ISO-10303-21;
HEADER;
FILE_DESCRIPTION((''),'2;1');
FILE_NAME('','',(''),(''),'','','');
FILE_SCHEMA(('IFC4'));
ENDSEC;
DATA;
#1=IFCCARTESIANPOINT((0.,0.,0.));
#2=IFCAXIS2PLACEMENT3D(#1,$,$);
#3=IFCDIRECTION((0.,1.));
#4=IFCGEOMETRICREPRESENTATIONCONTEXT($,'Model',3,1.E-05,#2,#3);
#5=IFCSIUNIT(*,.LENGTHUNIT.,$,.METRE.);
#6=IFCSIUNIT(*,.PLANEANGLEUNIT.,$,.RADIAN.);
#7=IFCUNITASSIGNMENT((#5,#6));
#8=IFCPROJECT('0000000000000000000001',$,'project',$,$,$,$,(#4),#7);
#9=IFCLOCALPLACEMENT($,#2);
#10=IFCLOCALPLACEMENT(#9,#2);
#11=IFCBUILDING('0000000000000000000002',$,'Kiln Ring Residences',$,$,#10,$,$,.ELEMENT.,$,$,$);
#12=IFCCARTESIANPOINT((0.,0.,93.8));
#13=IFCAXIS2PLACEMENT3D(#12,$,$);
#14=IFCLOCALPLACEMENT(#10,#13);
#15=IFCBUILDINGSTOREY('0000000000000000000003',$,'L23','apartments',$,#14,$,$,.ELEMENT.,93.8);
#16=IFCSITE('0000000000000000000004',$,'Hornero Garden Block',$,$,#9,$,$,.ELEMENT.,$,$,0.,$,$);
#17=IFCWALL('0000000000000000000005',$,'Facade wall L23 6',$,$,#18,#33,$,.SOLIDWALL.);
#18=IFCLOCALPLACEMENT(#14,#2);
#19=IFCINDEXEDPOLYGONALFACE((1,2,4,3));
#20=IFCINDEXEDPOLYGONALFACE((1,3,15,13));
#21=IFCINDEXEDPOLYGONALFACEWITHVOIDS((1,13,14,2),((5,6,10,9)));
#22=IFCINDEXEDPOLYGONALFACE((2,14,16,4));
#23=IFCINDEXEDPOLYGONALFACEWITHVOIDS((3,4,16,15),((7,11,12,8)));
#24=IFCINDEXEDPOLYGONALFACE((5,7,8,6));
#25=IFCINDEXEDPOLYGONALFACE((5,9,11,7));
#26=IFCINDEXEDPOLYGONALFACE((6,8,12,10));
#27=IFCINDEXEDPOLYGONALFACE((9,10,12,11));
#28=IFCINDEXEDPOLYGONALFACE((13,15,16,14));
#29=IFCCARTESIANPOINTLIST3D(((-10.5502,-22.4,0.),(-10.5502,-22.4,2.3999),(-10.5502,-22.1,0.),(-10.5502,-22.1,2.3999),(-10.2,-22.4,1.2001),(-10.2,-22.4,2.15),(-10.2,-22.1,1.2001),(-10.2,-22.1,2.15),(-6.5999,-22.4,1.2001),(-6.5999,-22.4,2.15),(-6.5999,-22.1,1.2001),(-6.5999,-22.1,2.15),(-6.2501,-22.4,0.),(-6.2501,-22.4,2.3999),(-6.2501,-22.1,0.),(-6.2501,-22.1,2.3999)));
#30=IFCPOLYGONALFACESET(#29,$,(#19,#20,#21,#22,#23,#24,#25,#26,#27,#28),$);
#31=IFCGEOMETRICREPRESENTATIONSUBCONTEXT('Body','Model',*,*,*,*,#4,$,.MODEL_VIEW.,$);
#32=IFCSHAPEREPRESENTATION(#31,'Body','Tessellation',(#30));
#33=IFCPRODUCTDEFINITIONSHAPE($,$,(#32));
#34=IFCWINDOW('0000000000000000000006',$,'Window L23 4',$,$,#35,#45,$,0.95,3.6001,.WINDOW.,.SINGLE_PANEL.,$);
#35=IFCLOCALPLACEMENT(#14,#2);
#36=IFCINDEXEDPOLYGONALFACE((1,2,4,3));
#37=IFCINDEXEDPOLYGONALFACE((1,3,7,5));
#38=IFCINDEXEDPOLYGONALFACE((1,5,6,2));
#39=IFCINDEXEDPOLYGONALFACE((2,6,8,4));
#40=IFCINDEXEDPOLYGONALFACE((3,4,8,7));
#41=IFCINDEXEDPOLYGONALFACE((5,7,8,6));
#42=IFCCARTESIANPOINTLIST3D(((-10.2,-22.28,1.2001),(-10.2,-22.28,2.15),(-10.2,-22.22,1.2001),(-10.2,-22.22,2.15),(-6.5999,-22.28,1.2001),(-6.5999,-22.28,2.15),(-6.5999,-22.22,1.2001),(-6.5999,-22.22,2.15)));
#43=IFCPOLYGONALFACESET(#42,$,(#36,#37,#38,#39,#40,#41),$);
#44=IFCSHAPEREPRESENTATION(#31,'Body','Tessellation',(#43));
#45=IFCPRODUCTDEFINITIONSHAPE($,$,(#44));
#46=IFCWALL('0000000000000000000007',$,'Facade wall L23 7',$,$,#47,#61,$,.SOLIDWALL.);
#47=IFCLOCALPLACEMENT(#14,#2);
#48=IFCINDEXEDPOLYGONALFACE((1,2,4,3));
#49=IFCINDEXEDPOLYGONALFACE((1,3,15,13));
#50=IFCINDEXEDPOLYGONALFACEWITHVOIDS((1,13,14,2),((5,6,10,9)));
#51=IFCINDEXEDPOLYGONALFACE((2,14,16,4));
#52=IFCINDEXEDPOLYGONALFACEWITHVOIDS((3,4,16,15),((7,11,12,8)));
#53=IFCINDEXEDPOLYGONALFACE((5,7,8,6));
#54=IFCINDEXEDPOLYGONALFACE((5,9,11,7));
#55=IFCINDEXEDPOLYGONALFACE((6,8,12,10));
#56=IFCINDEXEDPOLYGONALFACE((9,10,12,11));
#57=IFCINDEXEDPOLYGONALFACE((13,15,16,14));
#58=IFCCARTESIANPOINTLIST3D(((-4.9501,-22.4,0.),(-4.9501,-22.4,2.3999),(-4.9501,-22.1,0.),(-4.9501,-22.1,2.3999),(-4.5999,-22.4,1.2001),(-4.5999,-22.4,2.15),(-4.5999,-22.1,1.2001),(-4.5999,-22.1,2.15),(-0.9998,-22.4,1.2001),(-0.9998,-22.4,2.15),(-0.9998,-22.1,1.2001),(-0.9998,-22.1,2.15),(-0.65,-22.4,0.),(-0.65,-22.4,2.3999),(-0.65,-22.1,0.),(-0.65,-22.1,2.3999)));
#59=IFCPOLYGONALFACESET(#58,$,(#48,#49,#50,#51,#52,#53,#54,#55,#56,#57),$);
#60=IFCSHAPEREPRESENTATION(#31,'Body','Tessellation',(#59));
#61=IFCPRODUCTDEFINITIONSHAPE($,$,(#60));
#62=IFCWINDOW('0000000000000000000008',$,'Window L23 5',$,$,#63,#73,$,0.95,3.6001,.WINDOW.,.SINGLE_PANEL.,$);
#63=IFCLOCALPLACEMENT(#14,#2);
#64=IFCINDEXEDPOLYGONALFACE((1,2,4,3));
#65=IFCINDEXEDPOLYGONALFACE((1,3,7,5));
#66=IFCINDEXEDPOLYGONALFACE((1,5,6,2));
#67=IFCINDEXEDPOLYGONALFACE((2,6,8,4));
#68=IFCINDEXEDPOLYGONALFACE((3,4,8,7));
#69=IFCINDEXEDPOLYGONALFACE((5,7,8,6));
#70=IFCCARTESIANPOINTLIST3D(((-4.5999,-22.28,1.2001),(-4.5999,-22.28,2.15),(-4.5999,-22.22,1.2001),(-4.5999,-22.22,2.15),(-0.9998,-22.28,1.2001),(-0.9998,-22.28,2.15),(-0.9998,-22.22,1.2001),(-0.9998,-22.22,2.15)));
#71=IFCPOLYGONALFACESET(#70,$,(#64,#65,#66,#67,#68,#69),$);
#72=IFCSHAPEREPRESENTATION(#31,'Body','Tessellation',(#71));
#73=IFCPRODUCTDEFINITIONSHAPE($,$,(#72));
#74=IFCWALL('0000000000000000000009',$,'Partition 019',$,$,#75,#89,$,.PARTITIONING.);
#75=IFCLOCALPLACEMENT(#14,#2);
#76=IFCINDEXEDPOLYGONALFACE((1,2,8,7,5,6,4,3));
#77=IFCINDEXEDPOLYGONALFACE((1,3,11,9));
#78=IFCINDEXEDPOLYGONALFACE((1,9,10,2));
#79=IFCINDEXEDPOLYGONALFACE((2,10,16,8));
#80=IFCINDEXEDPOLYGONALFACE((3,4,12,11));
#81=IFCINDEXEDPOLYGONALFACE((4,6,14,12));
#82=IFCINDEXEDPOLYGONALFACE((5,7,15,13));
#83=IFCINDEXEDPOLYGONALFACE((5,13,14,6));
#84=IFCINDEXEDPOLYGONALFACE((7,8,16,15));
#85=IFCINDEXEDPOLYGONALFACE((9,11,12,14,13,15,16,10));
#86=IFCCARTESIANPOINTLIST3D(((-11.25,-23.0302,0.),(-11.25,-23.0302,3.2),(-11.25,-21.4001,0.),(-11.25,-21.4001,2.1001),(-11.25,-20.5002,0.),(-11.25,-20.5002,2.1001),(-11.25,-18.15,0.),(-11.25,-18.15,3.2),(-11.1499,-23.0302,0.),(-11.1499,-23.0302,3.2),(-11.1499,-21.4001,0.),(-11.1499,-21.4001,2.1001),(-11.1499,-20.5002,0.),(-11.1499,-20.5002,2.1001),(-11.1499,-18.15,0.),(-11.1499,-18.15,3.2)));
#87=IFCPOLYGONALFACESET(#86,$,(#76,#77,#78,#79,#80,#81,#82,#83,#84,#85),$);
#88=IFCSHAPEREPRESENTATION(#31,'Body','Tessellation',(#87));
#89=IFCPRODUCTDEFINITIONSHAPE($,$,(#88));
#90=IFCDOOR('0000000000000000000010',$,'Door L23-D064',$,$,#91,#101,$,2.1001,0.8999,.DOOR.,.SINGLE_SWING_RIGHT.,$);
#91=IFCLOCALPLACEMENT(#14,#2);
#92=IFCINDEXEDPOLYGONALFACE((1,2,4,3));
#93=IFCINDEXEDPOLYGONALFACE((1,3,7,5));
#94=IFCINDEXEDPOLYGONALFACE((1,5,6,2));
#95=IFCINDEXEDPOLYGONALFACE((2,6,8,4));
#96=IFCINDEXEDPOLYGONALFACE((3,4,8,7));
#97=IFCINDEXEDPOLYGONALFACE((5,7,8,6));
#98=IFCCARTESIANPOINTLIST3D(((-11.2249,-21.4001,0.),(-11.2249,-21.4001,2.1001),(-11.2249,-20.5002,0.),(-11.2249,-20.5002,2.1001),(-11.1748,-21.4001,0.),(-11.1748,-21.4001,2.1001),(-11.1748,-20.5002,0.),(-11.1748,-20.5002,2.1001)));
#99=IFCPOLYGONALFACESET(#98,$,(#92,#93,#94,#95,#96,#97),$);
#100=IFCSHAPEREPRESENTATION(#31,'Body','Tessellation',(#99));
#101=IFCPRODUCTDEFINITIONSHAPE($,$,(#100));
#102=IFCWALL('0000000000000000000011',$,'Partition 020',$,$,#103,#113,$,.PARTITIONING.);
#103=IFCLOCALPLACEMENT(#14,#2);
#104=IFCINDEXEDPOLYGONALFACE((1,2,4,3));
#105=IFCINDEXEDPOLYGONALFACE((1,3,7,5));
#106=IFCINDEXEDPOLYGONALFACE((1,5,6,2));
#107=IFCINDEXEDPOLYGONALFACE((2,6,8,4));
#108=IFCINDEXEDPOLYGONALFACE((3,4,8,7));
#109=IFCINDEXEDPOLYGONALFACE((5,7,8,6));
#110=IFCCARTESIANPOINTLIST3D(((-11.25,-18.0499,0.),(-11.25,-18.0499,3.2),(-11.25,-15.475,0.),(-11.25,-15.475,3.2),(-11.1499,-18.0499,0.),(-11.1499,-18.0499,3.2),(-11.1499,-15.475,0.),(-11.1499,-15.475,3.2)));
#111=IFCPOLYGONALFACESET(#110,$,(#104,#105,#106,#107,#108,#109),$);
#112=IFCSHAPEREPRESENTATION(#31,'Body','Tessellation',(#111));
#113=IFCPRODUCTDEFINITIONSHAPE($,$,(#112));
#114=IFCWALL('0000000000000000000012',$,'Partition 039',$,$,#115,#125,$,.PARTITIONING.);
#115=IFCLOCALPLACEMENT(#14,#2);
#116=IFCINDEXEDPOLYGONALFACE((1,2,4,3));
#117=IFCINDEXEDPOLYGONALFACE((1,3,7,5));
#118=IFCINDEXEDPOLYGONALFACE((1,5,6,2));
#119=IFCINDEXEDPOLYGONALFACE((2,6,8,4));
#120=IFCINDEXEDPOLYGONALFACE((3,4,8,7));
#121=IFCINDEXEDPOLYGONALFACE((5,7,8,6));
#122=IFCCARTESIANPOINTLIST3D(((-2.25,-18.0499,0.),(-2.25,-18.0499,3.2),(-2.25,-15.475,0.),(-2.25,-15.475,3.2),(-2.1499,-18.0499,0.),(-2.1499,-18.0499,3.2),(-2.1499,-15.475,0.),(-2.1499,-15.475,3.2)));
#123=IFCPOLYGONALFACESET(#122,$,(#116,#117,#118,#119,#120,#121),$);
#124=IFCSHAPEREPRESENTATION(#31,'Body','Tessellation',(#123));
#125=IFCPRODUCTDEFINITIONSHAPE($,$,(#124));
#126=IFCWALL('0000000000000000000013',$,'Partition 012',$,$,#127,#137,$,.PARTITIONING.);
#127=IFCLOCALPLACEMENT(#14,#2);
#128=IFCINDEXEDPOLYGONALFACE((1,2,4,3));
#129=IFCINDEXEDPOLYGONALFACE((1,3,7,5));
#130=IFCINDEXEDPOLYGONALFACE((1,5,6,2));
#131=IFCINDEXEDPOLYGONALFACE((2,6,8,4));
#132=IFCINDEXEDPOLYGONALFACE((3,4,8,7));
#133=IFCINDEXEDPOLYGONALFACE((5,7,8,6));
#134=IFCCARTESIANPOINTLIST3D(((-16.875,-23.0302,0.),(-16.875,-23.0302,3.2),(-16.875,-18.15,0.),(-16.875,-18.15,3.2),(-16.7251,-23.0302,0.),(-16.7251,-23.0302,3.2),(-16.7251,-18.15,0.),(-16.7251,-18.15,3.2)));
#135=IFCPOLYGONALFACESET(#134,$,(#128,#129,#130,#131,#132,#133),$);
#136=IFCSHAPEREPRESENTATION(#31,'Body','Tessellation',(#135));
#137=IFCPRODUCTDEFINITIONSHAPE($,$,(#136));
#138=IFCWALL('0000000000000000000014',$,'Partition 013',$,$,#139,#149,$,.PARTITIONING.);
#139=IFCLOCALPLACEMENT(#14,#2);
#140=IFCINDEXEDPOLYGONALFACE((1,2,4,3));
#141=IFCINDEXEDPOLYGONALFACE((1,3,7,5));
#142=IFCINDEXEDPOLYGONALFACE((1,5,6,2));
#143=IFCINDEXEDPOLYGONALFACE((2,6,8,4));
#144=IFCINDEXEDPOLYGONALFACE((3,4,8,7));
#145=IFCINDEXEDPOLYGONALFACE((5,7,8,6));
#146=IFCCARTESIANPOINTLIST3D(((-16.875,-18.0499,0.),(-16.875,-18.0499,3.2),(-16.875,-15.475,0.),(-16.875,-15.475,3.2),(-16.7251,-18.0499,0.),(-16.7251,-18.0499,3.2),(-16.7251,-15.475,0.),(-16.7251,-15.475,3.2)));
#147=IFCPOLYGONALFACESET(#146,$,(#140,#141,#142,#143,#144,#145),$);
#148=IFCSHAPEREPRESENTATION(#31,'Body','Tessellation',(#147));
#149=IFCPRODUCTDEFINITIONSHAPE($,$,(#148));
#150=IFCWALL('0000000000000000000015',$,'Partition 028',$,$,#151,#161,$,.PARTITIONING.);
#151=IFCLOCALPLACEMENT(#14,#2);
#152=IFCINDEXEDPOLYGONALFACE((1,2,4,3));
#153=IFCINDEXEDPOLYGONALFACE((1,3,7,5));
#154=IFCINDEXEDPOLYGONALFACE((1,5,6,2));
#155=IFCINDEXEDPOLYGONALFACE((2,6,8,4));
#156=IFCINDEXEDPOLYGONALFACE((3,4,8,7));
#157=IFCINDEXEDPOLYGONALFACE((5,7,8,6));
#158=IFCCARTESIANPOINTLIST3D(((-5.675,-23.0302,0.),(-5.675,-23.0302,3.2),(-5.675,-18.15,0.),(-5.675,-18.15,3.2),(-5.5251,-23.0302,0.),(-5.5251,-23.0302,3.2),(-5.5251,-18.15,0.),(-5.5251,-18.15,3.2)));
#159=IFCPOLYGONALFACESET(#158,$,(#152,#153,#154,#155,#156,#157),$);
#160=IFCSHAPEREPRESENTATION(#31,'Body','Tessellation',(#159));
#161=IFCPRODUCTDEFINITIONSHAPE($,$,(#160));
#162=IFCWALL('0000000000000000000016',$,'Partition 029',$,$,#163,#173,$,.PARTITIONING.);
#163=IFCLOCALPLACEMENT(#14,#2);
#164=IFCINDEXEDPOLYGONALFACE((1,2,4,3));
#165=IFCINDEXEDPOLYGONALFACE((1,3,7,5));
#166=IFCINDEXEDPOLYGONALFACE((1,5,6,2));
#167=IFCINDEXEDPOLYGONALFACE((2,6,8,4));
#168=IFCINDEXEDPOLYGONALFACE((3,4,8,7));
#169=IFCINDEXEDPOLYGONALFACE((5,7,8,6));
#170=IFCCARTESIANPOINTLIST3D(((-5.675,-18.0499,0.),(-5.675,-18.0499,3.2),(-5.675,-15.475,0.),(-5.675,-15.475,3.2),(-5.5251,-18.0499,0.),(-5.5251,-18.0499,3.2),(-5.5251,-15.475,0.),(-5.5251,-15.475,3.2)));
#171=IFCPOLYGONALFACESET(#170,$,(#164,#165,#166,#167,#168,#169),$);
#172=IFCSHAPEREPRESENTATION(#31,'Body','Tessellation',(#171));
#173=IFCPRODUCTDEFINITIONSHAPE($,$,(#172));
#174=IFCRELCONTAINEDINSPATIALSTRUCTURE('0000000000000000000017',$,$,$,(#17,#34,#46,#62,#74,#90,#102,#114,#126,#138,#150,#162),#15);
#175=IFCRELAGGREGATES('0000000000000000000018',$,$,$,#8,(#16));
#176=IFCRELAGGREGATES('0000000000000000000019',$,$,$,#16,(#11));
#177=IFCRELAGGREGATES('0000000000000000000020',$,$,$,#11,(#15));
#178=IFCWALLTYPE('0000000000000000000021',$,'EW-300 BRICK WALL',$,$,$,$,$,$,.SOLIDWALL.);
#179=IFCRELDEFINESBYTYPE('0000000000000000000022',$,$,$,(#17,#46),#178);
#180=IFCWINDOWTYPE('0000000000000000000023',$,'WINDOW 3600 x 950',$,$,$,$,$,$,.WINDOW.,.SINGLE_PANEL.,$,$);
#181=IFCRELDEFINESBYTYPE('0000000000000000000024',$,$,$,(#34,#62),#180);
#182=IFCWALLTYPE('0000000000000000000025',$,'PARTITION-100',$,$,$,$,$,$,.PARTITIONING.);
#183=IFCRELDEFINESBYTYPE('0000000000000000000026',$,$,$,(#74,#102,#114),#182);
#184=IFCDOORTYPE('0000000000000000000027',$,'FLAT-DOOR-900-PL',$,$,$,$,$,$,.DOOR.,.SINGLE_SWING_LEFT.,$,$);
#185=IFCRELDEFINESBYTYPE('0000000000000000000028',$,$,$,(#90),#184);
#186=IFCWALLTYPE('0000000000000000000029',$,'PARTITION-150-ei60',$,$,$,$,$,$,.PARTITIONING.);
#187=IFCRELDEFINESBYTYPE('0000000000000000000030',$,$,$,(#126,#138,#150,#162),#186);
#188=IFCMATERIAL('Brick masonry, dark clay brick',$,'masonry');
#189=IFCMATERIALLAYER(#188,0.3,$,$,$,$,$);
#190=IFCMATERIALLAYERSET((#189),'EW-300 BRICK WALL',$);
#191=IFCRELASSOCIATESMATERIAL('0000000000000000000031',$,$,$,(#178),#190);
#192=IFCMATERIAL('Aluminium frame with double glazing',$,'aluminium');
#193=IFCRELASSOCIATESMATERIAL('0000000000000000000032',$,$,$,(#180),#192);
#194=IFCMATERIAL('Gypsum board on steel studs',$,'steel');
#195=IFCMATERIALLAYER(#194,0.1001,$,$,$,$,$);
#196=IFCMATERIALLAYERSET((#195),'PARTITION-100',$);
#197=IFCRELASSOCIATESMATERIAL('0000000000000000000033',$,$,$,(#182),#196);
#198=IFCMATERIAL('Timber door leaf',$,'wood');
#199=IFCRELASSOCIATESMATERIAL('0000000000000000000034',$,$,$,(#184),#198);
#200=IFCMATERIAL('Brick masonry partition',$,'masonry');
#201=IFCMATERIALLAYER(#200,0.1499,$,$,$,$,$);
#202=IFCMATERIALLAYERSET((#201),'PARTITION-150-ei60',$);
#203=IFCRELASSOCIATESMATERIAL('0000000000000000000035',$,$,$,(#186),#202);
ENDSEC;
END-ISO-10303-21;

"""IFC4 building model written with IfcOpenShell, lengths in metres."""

from ifc_helpers import new_model, si_unit, direction, frame, frame_2d, origin, place, context, subcontext, project, spatial, rectangle, extrude, material, layer, layer_set, type_object, element, fill, save


model = new_model("IFC4")

# Units and contexts
model_context = context("Model", 3, precision=1e-05, world=origin(), true_north=direction((0.0, 1.0)))
body_context = subcontext(model_context, "Body", "Model", "MODEL_VIEW")
ifc_project = project(units=[si_unit("LENGTHUNIT", "METRE"), si_unit("PLANEANGLEUNIT", "RADIAN")], contexts=[model_context])

# Site, building, storey
site_placement = place(None, origin())
site = spatial("IfcSite", under=ifc_project, at=site_placement, Name="Hornero Garden Block", CompositionType="ELEMENT", RefElevation=0.0)
building_placement = place(site_placement, origin())
building = spatial("IfcBuilding", under=site, at=building_placement, Name="Kiln Ring Residences", CompositionType="ELEMENT")
storey_placement = place(building_placement, frame((0.0, 0.0, 93.8)))
storey = spatial("IfcBuildingStorey", under=building, at=storey_placement, Name="L23", Description="apartments", CompositionType="ELEMENT", Elevation=93.8)

# Walls, openings, windows
ifc_material_1 = material(Name="Brick masonry, dark clay brick", Category="masonry")
ifc_layer_1 = layer(ifc_material_1, 0.3)
ifc_layer_set_1 = layer_set([ifc_layer_1], Name="EW-300 BRICK WALL")
wall_type_1 = type_object("IfcWallType", Name="EW-300 BRICK WALL", PredefinedType="SOLIDWALL", material=ifc_layer_set_1)
ifc_material_2 = material(Name="Aluminium frame with double glazing", Category="aluminium")
window_type = type_object("IfcWindowType", Name="WINDOW 3600 x 950", PartitioningType="SINGLE_PANEL", PredefinedType="WINDOW", material=ifc_material_2)
wall_1_placement = place(storey_placement, frame((-10.55, -22.25, 0.0), z_axis=(0.0, 0.0, 1.0), x_axis=(1.0, 0.0, 0.0)))
wall_1 = element("IfcWall", 1, at=wall_1_placement, inside=storey, type_object=wall_type_1, Name="Facade wall L23 6", PredefinedType="SOLIDWALL", context=body_context, shape_type="SweptSolid", body=[
    extrude(rectangle(XDim=4.3, YDim=0.3, at=frame_2d((2.1499, 0.0))), origin(), (0.0, 0.0, 1.0), 2.3999),
])
opening_1_placement = place(wall_1_placement, frame((0.3501, 0.0, 1.2)))
opening_1 = element("IfcOpeningElement", 2, at=opening_1_placement, cuts=wall_1, PredefinedType="OPENING", context=body_context, shape_type="SweptSolid", body=[
    extrude(rectangle(XDim=3.6001, YDim=0.95, at=frame_2d((1.8, 0.4751))), frame((0.0, 0.1599, 0.0), z_axis=(0.0, -1.0, 0.0), x_axis=(1.0, 0.0, 0.0)), (0.0, 0.0, 1.0), 0.3201),
])
window_1_placement = place(opening_1_placement, origin())
window_1 = element("IfcWindow", 3, at=window_1_placement, inside=storey, type_object=window_type, Name="Window L23 4", OverallHeight=0.95, OverallWidth=3.6001, PartitioningType="SINGLE_PANEL", PredefinedType="WINDOW", context=body_context, shape_type="SweptSolid", body=[
    extrude(rectangle(XDim=3.6001, YDim=0.95, at=frame_2d((1.8, 0.4751))), frame((0.0, 0.03, 0.0), z_axis=(0.0, -1.0, 0.0), x_axis=(1.0, 0.0, 0.0)), (0.0, 0.0, 1.0), 0.0601),
])
fill(opening_1, window_1)
wall_2_placement = place(storey_placement, frame((-4.95, -22.25, 0.0), z_axis=(0.0, 0.0, 1.0), x_axis=(1.0, 0.0, 0.0)))
wall_2 = element("IfcWall", 4, at=wall_2_placement, inside=storey, type_object=wall_type_1, Name="Facade wall L23 7", PredefinedType="SOLIDWALL", context=body_context, shape_type="SweptSolid", body=[
    extrude(rectangle(XDim=4.3, YDim=0.3, at=frame_2d((2.1499, 0.0))), origin(), (0.0, 0.0, 1.0), 2.3999),
])
opening_2_placement = place(wall_2_placement, frame((0.3501, 0.0, 1.2)))
opening_2 = element("IfcOpeningElement", 5, at=opening_2_placement, cuts=wall_2, PredefinedType="OPENING", context=body_context, shape_type="SweptSolid", body=[
    extrude(rectangle(XDim=3.6001, YDim=0.95, at=frame_2d((1.8, 0.4751))), frame((0.0, 0.1599, 0.0), z_axis=(0.0, -1.0, 0.0), x_axis=(1.0, 0.0, 0.0)), (0.0, 0.0, 1.0), 0.3201),
])
window_2_placement = place(opening_2_placement, origin())
window_2 = element("IfcWindow", 6, at=window_2_placement, inside=storey, type_object=window_type, Name="Window L23 5", OverallHeight=0.95, OverallWidth=3.6001, PartitioningType="SINGLE_PANEL", PredefinedType="WINDOW", context=body_context, shape_type="SweptSolid", body=[
    extrude(rectangle(XDim=3.6001, YDim=0.95, at=frame_2d((1.8, 0.4751))), frame((0.0, 0.03, 0.0), z_axis=(0.0, -1.0, 0.0), x_axis=(1.0, 0.0, 0.0)), (0.0, 0.0, 1.0), 0.0601),
])
fill(opening_2, window_2)

# Wall, opening, door
ifc_material_3 = material(Name="Gypsum board on steel studs", Category="steel")
ifc_layer_2 = layer(ifc_material_3, 0.1001)
ifc_layer_set_2 = layer_set([ifc_layer_2], Name="PARTITION-100")
wall_type_2 = type_object("IfcWallType", Name="PARTITION-100", PredefinedType="PARTITIONING", material=ifc_layer_set_2)
wall_3_placement = place(storey_placement, frame((-11.2, -23.03, 0.0), z_axis=(0.0, 0.0, 1.0), x_axis=(0.0, 1.0, 0.0)))
wall_3 = element("IfcWall", 7, at=wall_3_placement, inside=storey, type_object=wall_type_2, Name="Partition 019", PredefinedType="PARTITIONING", context=body_context, shape_type="SweptSolid", body=[
    extrude(rectangle(XDim=4.8801, YDim=0.1001, at=frame_2d((2.4399, 0.0))), origin(), (0.0, 0.0, 1.0), 3.2),
])
opening_3_placement = place(wall_3_placement, frame((1.6299, 0.0, 0.0)))
opening_3 = element("IfcOpeningElement", 8, at=opening_3_placement, cuts=wall_3, PredefinedType="OPENING", context=body_context, shape_type="SweptSolid", body=[
    extrude(rectangle(XDim=0.8999, YDim=2.1001, at=frame_2d((0.45, 1.05))), frame((0.0, 0.0601, 0.0), z_axis=(0.0, -1.0, 0.0), x_axis=(1.0, 0.0, 0.0)), (0.0, 0.0, 1.0), 0.1201),
])
ifc_material_4 = material(Name="Timber door leaf", Category="wood")
door_type = type_object("IfcDoorType", Name="FLAT-DOOR-900-PL", OperationType="SINGLE_SWING_LEFT", PredefinedType="DOOR", material=ifc_material_4)
door_placement = place(opening_3_placement, origin())
door = element("IfcDoor", 9, at=door_placement, inside=storey, type_object=door_type, Name="Door L23-D064", OperationType="SINGLE_SWING_RIGHT", OverallHeight=2.1001, OverallWidth=0.8999, PredefinedType="DOOR", context=body_context, shape_type="SweptSolid", body=[
    extrude(rectangle(XDim=0.8999, YDim=2.1001, at=frame_2d((0.45, 1.05))), frame((0.0, 0.0249, 0.0), z_axis=(0.0, -1.0, 0.0), x_axis=(1.0, 0.0, 0.0)), (0.0, 0.0, 1.0), 0.05),
])
fill(opening_3, door)

# Walls
for number, where, z_axis, x_axis, name in (
    (10, (-11.2, -18.05, 0.0), (0.0, 0.0, 1.0), (0.0, 1.0, 0.0), "Partition 020"),
    (11, (-2.2, -18.05, 0.0), (0.0, 0.0, 1.0), (0.0, 1.0, 0.0), "Partition 039"),
):
    element("IfcWall", number, at=place(storey_placement, frame(where, z_axis=z_axis, x_axis=x_axis)), inside=storey, type_object=wall_type_2, Name=name, PredefinedType="PARTITIONING", context=body_context, shape_type="SweptSolid", body=[
        extrude(rectangle(XDim=2.575, YDim=0.1001, at=frame_2d((1.2876, 0.0))), origin(), (0.0, 0.0, 1.0), 3.2),
    ])
ifc_material_5 = material(Name="Brick masonry partition", Category="masonry")
ifc_layer_3 = layer(ifc_material_5, 0.1499)
ifc_layer_set_3 = layer_set([ifc_layer_3], Name="PARTITION-150-ei60")
wall_type_3 = type_object("IfcWallType", Name="PARTITION-150-ei60", PredefinedType="PARTITIONING", material=ifc_layer_set_3)
wall_4_placement = place(storey_placement, frame((-16.8, -23.03, 0.0), z_axis=(0.0, 0.0, 1.0), x_axis=(0.0, 1.0, 0.0)))
element("IfcWall", 12, at=wall_4_placement, inside=storey, type_object=wall_type_3, Name="Partition 012", PredefinedType="PARTITIONING", context=body_context, shape_type="SweptSolid", body=[
    extrude(rectangle(XDim=4.8801, YDim=0.1499, at=frame_2d((2.4399, 0.0))), origin(), (0.0, 0.0, 1.0), 3.2),
])
wall_5_placement = place(storey_placement, frame((-16.8, -18.05, 0.0), z_axis=(0.0, 0.0, 1.0), x_axis=(0.0, 1.0, 0.0)))
element("IfcWall", 13, at=wall_5_placement, inside=storey, type_object=wall_type_3, Name="Partition 013", PredefinedType="PARTITIONING", context=body_context, shape_type="SweptSolid", body=[
    extrude(rectangle(XDim=2.575, YDim=0.1499, at=frame_2d((1.2876, 0.0))), origin(), (0.0, 0.0, 1.0), 3.2),
])
wall_6_placement = place(storey_placement, frame((-5.6001, -23.03, 0.0), z_axis=(0.0, 0.0, 1.0), x_axis=(0.0, 1.0, 0.0)))
element("IfcWall", 14, at=wall_6_placement, inside=storey, type_object=wall_type_3, Name="Partition 028", PredefinedType="PARTITIONING", context=body_context, shape_type="SweptSolid", body=[
    extrude(rectangle(XDim=4.8801, YDim=0.1499, at=frame_2d((2.4399, 0.0))), origin(), (0.0, 0.0, 1.0), 3.2),
])
wall_7_placement = place(storey_placement, frame((-5.6001, -18.05, 0.0), z_axis=(0.0, 0.0, 1.0), x_axis=(0.0, 1.0, 0.0)))
element("IfcWall", 15, at=wall_7_placement, inside=storey, type_object=wall_type_3, Name="Partition 029", PredefinedType="PARTITIONING", context=body_context, shape_type="SweptSolid", body=[
    extrude(rectangle(XDim=2.575, YDim=0.1499, at=frame_2d((1.2876, 0.0))), origin(), (0.0, 0.0, 1.0), 3.2),
])

save(model, "model.ifc")
